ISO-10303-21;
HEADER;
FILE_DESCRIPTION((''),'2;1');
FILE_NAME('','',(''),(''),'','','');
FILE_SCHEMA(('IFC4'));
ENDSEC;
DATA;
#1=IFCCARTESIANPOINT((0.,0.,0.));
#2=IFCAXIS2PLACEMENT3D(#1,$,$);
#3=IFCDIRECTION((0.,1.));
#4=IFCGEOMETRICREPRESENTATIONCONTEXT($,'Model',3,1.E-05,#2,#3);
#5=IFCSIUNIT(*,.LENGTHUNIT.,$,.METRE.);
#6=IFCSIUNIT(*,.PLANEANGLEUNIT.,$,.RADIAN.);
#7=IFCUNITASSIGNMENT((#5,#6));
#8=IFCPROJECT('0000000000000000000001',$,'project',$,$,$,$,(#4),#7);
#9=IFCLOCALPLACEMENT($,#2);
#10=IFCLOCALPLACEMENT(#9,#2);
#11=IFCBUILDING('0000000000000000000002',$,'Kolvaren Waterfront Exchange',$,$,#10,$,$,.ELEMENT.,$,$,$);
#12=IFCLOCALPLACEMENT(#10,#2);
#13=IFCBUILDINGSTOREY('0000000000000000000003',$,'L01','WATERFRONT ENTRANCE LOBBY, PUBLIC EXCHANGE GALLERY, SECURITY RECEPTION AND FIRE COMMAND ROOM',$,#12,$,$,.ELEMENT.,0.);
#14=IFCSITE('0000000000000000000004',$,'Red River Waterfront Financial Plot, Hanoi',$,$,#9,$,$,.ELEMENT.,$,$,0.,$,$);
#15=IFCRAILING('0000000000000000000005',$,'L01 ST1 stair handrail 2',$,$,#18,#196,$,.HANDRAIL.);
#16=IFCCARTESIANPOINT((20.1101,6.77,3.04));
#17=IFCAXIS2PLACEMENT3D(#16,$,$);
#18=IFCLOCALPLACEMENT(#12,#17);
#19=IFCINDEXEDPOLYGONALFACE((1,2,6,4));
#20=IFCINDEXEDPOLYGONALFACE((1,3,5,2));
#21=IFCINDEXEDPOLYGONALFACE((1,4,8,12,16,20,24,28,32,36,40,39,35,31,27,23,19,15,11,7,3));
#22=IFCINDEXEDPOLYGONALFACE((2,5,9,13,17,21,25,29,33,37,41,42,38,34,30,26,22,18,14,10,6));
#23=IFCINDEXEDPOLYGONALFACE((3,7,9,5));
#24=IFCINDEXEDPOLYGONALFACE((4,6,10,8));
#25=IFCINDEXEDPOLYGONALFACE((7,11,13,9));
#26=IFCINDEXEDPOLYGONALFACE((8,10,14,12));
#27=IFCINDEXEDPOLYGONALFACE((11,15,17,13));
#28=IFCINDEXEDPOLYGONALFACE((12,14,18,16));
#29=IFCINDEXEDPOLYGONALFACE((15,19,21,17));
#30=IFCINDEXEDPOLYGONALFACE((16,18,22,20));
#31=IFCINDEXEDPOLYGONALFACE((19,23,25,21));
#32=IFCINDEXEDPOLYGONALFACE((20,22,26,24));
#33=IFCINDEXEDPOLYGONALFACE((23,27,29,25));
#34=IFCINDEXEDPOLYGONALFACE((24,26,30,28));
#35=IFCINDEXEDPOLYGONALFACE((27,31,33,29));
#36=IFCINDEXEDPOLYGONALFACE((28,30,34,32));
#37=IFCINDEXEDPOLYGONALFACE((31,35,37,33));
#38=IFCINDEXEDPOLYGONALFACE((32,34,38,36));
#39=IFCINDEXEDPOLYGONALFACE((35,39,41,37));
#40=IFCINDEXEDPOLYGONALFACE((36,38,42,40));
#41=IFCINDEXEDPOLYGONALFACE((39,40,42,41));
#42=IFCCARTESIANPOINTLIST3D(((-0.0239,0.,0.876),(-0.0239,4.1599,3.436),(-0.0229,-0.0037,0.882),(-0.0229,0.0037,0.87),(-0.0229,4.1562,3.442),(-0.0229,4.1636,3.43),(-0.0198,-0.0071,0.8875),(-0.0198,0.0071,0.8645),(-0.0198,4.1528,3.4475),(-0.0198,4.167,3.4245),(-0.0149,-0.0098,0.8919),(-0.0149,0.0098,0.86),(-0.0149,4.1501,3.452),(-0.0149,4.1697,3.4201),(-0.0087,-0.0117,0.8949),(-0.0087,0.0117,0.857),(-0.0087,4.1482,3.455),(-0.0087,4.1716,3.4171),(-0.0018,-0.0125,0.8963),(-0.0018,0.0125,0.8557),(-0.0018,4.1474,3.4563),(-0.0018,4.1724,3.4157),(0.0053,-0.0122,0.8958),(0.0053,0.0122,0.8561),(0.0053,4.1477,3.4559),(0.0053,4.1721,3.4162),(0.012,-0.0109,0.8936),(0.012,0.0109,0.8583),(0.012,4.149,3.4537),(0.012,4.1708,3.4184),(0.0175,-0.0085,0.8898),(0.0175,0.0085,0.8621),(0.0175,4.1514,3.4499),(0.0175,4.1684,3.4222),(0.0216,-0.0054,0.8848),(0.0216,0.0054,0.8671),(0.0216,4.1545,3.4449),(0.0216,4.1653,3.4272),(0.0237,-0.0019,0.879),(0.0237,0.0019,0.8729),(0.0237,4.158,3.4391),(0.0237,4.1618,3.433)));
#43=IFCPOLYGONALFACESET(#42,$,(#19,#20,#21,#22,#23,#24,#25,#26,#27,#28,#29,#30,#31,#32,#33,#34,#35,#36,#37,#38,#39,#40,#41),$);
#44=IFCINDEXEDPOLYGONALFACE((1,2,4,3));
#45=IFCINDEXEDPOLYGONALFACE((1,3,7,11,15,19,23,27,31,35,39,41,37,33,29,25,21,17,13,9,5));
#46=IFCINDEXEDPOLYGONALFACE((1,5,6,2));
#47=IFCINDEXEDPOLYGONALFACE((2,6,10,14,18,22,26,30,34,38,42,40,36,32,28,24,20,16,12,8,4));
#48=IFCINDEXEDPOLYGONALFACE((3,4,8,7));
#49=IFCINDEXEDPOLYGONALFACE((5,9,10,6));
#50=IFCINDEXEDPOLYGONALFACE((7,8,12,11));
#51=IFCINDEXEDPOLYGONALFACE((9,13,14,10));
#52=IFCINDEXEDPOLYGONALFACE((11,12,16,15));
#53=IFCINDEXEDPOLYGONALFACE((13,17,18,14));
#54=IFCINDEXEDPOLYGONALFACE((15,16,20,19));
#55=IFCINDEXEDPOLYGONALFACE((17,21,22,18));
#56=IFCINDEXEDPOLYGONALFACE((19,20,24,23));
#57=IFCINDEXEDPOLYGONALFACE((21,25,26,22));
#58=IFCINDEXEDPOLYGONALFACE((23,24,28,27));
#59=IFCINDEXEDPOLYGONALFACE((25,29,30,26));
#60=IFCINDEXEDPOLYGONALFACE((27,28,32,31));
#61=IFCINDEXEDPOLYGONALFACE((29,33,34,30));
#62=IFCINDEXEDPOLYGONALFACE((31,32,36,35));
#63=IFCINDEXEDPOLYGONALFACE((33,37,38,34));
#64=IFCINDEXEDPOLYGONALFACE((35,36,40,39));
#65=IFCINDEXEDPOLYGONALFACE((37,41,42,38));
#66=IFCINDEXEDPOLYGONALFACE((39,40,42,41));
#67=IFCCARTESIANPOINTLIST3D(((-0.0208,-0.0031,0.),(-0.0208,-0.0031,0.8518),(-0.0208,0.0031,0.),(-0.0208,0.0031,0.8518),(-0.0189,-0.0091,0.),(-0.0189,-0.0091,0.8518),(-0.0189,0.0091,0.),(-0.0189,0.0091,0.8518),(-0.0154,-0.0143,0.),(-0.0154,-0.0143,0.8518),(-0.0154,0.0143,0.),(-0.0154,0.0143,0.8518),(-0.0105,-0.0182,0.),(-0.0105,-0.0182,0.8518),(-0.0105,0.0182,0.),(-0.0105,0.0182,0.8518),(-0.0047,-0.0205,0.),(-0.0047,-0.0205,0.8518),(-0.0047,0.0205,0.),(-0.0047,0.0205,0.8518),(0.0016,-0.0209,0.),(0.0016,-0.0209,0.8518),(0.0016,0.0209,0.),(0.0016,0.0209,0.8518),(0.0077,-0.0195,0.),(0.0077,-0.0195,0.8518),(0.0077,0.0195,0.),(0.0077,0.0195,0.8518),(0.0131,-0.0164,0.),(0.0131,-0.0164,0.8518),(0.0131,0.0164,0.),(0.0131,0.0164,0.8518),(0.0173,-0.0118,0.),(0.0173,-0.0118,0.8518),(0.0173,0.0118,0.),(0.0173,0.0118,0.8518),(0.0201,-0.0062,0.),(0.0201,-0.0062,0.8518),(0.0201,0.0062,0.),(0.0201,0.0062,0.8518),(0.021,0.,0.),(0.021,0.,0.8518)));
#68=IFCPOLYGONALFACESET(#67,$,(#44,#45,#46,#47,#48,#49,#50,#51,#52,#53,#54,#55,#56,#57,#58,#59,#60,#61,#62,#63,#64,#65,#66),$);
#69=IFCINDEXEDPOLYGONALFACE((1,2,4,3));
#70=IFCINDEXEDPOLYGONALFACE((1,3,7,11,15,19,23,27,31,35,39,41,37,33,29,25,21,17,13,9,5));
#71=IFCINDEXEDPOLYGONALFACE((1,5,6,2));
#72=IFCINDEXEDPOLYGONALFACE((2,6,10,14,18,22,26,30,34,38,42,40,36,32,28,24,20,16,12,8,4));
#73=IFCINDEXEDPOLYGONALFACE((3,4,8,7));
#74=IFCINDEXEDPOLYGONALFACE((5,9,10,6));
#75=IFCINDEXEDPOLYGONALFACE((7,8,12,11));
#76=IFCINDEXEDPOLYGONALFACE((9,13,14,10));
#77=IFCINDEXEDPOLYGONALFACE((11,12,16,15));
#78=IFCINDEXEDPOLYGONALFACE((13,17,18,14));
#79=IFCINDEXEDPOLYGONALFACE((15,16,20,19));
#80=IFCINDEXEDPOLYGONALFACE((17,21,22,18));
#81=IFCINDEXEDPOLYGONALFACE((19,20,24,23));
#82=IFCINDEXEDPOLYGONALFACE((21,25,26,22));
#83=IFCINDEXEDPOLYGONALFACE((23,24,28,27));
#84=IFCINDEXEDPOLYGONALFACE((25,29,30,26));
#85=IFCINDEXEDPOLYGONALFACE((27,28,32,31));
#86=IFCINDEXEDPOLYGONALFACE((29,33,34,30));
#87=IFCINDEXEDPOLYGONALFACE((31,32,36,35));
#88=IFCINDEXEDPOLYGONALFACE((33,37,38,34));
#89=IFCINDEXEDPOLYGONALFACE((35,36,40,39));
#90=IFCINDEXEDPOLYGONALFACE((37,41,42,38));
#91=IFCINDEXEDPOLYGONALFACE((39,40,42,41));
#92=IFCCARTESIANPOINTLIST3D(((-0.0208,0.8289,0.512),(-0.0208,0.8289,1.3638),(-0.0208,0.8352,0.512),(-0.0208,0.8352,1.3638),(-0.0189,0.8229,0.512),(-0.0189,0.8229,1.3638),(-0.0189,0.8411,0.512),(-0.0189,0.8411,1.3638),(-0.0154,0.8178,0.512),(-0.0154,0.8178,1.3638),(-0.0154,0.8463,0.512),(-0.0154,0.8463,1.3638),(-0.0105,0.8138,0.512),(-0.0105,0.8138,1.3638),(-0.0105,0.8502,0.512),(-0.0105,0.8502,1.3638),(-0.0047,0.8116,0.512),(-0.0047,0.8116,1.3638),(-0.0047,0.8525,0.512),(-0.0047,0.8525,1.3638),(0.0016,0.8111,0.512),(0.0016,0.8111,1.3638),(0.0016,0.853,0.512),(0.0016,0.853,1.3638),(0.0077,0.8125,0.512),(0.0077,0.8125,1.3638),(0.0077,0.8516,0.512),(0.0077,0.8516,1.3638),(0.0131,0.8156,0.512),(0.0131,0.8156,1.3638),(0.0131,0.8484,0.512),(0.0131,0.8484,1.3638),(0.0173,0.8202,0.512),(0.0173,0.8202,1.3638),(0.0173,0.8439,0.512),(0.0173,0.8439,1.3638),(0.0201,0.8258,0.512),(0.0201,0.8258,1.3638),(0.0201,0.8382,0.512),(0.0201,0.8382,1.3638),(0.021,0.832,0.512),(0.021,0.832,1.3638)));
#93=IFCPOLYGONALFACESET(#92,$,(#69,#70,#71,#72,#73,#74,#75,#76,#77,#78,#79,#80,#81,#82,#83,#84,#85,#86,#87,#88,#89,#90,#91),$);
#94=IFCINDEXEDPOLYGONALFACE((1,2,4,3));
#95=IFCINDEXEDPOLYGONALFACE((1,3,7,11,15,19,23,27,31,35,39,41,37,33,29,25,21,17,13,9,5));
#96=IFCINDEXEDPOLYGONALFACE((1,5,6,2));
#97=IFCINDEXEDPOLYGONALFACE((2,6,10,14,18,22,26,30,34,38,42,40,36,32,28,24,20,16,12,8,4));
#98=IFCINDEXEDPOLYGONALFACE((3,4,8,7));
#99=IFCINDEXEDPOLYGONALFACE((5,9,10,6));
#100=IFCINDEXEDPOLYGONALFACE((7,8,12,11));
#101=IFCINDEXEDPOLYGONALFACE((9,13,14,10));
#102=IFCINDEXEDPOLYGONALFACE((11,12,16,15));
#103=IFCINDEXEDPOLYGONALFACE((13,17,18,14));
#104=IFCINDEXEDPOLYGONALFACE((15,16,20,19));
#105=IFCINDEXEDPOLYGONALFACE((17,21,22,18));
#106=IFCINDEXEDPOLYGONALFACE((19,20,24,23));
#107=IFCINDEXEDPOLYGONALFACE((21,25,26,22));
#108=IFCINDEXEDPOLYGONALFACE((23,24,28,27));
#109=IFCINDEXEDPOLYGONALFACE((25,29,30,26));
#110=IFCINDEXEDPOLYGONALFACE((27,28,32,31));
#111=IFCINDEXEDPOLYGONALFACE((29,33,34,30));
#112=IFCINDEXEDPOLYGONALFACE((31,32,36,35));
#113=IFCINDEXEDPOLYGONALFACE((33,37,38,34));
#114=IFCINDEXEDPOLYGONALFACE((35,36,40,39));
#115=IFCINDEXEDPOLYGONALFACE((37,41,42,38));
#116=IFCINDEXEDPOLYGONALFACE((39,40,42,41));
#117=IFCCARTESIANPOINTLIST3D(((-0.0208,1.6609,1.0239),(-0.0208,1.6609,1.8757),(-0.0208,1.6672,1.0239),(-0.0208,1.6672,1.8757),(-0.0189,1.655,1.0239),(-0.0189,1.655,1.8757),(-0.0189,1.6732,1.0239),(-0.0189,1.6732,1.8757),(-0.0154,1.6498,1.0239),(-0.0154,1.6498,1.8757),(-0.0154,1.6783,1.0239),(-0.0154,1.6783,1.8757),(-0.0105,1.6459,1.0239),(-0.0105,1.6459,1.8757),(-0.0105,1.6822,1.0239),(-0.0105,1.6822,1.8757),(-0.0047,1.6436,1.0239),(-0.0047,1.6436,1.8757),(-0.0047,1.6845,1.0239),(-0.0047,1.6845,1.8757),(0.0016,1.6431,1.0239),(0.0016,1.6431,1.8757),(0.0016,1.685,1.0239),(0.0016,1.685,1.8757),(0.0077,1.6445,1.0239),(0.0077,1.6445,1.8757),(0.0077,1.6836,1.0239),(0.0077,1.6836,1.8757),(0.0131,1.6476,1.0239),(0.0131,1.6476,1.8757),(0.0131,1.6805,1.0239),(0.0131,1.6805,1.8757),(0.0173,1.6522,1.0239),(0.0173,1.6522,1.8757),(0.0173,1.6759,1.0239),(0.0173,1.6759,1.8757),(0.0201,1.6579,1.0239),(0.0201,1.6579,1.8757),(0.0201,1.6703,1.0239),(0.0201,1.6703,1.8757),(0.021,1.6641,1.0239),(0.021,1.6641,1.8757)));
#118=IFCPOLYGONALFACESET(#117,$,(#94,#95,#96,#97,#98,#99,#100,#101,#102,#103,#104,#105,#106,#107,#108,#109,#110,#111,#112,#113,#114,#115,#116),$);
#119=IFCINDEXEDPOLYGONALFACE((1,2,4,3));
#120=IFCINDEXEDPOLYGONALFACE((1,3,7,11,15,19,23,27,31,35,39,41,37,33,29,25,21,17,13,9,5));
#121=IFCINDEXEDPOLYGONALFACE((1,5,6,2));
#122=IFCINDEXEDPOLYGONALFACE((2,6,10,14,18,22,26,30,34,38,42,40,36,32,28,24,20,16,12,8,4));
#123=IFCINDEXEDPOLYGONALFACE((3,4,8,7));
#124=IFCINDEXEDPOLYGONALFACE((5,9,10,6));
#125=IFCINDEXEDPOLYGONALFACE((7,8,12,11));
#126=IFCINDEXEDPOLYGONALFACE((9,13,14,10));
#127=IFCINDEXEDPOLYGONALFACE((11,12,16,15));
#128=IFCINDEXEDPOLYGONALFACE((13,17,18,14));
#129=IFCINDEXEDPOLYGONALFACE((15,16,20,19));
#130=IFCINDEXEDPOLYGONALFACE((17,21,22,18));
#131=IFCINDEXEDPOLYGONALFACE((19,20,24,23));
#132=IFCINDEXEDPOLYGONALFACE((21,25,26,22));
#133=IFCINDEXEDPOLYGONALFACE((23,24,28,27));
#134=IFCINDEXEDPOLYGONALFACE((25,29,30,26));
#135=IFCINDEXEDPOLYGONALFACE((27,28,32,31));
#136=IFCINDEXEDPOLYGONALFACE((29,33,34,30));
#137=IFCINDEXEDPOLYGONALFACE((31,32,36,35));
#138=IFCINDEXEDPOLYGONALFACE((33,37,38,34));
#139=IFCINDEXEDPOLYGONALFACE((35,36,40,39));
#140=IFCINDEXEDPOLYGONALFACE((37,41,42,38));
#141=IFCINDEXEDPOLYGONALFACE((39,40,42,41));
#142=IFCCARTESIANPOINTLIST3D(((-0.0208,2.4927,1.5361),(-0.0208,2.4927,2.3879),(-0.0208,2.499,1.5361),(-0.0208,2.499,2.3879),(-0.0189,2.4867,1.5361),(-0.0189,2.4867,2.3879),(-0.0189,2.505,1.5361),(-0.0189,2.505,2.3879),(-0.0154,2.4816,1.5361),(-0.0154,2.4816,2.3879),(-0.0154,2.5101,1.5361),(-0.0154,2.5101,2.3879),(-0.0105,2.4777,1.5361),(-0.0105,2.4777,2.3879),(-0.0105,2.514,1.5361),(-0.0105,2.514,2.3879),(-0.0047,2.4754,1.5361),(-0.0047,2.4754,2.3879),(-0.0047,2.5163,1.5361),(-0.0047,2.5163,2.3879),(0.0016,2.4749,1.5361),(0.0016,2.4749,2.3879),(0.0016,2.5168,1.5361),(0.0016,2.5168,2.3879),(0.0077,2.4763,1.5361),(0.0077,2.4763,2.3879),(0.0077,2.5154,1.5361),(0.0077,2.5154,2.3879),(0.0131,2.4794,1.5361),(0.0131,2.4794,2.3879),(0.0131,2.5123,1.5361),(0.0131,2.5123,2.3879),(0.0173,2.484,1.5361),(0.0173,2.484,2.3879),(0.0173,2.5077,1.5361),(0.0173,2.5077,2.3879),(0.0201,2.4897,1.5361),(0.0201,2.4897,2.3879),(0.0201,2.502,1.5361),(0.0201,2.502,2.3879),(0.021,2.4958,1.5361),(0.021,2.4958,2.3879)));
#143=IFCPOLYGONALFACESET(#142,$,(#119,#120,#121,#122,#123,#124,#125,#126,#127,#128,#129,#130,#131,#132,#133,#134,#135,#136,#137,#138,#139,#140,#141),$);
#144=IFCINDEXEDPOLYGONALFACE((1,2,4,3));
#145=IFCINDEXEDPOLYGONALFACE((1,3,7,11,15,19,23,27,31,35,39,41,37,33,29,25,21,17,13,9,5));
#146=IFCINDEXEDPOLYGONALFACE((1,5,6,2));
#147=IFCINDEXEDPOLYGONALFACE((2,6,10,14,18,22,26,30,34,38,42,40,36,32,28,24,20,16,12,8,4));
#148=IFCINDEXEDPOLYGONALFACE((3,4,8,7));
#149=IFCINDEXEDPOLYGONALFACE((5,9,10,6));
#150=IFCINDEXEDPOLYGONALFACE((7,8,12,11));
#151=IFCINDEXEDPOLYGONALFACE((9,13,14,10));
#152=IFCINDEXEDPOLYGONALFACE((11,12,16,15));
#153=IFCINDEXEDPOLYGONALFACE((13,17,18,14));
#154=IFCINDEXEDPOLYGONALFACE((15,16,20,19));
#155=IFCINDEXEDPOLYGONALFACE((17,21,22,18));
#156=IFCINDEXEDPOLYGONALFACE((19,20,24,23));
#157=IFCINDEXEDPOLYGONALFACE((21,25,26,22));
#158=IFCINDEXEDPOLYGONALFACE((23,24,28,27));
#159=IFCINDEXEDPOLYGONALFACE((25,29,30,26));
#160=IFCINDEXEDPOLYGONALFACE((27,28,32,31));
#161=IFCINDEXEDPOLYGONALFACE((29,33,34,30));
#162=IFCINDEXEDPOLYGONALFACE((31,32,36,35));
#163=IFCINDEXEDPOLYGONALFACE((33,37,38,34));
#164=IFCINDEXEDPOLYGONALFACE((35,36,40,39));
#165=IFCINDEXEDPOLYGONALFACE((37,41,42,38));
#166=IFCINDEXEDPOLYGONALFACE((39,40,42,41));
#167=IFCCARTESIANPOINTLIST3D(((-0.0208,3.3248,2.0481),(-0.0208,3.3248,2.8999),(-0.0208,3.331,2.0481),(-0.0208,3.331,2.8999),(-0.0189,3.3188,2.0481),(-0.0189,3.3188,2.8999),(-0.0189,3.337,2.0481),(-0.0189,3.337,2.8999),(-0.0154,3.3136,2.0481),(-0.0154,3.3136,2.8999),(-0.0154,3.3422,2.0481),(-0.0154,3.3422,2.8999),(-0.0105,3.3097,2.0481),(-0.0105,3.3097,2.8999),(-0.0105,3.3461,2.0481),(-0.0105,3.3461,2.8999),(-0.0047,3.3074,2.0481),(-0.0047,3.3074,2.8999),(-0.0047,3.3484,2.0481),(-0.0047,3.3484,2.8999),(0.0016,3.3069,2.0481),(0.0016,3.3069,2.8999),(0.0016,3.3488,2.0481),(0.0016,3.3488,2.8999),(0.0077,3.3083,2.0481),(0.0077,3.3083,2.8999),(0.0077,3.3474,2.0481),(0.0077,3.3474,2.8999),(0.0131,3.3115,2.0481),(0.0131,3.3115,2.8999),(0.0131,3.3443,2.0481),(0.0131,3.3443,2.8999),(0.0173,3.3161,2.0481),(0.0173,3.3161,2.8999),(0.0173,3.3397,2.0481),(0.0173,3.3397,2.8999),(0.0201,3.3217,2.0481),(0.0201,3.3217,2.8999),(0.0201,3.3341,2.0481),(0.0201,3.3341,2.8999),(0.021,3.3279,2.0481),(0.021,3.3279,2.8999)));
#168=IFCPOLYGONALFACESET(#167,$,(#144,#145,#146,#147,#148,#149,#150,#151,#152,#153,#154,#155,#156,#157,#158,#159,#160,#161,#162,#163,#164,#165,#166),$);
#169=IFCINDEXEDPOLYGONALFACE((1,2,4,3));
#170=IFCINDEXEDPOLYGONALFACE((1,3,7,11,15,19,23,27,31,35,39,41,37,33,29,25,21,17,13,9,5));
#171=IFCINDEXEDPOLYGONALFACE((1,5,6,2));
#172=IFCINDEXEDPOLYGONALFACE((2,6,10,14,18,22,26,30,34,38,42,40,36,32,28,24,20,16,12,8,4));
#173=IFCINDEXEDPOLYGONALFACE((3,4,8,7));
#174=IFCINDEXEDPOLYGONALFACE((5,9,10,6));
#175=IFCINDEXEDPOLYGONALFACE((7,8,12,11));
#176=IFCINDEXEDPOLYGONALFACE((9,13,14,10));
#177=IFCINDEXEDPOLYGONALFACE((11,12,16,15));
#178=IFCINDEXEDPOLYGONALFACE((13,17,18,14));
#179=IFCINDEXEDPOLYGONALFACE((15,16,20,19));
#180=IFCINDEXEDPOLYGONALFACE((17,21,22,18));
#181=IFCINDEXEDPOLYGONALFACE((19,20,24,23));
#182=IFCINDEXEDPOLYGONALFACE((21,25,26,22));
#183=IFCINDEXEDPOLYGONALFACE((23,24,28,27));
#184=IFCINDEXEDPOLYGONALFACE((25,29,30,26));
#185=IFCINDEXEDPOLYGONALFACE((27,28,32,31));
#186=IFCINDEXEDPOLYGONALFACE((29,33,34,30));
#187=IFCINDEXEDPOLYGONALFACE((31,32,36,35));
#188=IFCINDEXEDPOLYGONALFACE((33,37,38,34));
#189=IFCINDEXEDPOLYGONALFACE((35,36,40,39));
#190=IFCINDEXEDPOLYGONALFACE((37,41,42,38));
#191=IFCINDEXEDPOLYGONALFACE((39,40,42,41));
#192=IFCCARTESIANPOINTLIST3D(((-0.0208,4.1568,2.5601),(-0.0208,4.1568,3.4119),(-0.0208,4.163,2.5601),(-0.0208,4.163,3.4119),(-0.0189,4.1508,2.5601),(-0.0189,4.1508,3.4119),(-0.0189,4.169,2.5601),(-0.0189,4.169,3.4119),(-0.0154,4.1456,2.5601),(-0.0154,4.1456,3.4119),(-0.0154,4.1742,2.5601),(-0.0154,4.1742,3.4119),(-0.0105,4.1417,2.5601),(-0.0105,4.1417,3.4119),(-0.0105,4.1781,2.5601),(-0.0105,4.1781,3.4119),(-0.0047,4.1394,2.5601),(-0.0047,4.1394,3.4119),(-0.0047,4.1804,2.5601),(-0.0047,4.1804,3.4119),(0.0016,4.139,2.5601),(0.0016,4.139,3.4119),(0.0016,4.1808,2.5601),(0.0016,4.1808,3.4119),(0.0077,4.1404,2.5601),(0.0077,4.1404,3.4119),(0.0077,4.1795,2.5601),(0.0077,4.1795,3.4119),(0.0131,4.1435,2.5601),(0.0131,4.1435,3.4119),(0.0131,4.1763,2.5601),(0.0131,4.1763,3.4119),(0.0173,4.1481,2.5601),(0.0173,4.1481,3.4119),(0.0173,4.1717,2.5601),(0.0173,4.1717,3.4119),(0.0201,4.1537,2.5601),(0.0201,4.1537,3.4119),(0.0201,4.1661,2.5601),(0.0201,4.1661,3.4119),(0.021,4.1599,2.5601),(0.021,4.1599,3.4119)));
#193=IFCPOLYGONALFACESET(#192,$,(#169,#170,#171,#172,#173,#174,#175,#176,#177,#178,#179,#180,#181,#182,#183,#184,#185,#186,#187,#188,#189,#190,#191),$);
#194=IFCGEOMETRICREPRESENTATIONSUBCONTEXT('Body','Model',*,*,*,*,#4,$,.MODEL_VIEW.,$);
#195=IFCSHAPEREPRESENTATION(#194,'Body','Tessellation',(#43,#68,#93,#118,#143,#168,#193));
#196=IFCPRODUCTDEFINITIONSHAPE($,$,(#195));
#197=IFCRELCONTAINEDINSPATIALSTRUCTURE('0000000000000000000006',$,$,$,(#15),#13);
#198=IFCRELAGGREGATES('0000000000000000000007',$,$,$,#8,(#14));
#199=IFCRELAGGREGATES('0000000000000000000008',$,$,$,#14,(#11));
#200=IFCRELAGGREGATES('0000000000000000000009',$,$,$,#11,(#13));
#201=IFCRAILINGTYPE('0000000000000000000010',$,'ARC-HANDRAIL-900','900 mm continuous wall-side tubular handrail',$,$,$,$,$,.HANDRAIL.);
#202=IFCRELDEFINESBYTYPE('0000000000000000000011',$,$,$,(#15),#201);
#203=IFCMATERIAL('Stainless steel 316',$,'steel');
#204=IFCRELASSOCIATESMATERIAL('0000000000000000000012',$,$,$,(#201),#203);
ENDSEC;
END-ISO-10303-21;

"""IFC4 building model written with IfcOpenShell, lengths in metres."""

from ifc_helpers import new_model, si_unit, direction, frame, origin, origin_2d, place, context, subcontext, project, spatial, circle, extrude, material, type_object, element, save


model = new_model("IFC4")

# Units and contexts
model_context = context("Model", 3, precision=1e-05, world=origin(), true_north=direction((0.0, 1.0)))
body_context = subcontext(model_context, "Body", "Model", "MODEL_VIEW")
ifc_project = project(units=[si_unit("LENGTHUNIT", "METRE"), si_unit("PLANEANGLEUNIT", "RADIAN")], contexts=[model_context])

# Site, building, storey
site_placement = place(None, origin())
site = spatial("IfcSite", under=ifc_project, at=site_placement, Name="Red River Waterfront Financial Plot, Hanoi", CompositionType="ELEMENT", RefElevation=0.0)
building_placement = place(site_placement, origin())
building = spatial("IfcBuilding", under=site, at=building_placement, Name="Kolvaren Waterfront Exchange", CompositionType="ELEMENT")
storey_placement = place(building_placement, origin())
storey = spatial("IfcBuildingStorey", under=building, at=storey_placement, Name="L01", Description="WATERFRONT ENTRANCE LOBBY, PUBLIC EXCHANGE GALLERY, SECURITY RECEPTION AND FIRE COMMAND ROOM", CompositionType="ELEMENT", Elevation=0.0)

# Railing
ifc_material_1 = material(Name="Stainless steel 316", Category="steel")
railing_type_1 = type_object("IfcRailingType", Name="ARC-HANDRAIL-900", Description="900 mm continuous wall-side tubular handrail", PredefinedType="HANDRAIL", material=ifc_material_1)
railing_1_placement = place(storey_placement, frame((20.1101, 6.77, 3.04)))
element("IfcRailing", 1, at=railing_1_placement, inside=storey, type_object=railing_type_1, Name="L01 ST1 stair handrail 2", PredefinedType="HANDRAIL", context=body_context, shape_type="SweptSolid", body=[
    extrude(circle(Radius=0.0239, at=origin_2d()), frame((0.0, 0.0, 0.876), z_axis=(0.0, 0.851648, 0.524114), x_axis=(-1.0, 0.0, 0.0)), (0.0, 0.0, 1.0), 4.8845),
    extrude(circle(Radius=0.021, at=origin_2d()), origin(), (0.0, 0.0, 1.0), 0.8518),
    extrude(circle(Radius=0.021, at=origin_2d()), frame((0.0, 0.832, 0.512)), (0.0, 0.0, 1.0), 0.8518),
    extrude(circle(Radius=0.021, at=origin_2d()), frame((0.0, 1.6641, 1.0239)), (0.0, 0.0, 1.0), 0.8518),
    extrude(circle(Radius=0.021, at=origin_2d()), frame((0.0, 2.4958, 1.5361)), (0.0, 0.0, 1.0), 0.8518),
    extrude(circle(Radius=0.021, at=origin_2d()), frame((0.0, 3.3279, 2.0481)), (0.0, 0.0, 1.0), 0.8518),
    extrude(circle(Radius=0.021, at=origin_2d()), frame((0.0, 4.1599, 2.5601)), (0.0, 0.0, 1.0), 0.8518),
])

save(model, "model.ifc")
